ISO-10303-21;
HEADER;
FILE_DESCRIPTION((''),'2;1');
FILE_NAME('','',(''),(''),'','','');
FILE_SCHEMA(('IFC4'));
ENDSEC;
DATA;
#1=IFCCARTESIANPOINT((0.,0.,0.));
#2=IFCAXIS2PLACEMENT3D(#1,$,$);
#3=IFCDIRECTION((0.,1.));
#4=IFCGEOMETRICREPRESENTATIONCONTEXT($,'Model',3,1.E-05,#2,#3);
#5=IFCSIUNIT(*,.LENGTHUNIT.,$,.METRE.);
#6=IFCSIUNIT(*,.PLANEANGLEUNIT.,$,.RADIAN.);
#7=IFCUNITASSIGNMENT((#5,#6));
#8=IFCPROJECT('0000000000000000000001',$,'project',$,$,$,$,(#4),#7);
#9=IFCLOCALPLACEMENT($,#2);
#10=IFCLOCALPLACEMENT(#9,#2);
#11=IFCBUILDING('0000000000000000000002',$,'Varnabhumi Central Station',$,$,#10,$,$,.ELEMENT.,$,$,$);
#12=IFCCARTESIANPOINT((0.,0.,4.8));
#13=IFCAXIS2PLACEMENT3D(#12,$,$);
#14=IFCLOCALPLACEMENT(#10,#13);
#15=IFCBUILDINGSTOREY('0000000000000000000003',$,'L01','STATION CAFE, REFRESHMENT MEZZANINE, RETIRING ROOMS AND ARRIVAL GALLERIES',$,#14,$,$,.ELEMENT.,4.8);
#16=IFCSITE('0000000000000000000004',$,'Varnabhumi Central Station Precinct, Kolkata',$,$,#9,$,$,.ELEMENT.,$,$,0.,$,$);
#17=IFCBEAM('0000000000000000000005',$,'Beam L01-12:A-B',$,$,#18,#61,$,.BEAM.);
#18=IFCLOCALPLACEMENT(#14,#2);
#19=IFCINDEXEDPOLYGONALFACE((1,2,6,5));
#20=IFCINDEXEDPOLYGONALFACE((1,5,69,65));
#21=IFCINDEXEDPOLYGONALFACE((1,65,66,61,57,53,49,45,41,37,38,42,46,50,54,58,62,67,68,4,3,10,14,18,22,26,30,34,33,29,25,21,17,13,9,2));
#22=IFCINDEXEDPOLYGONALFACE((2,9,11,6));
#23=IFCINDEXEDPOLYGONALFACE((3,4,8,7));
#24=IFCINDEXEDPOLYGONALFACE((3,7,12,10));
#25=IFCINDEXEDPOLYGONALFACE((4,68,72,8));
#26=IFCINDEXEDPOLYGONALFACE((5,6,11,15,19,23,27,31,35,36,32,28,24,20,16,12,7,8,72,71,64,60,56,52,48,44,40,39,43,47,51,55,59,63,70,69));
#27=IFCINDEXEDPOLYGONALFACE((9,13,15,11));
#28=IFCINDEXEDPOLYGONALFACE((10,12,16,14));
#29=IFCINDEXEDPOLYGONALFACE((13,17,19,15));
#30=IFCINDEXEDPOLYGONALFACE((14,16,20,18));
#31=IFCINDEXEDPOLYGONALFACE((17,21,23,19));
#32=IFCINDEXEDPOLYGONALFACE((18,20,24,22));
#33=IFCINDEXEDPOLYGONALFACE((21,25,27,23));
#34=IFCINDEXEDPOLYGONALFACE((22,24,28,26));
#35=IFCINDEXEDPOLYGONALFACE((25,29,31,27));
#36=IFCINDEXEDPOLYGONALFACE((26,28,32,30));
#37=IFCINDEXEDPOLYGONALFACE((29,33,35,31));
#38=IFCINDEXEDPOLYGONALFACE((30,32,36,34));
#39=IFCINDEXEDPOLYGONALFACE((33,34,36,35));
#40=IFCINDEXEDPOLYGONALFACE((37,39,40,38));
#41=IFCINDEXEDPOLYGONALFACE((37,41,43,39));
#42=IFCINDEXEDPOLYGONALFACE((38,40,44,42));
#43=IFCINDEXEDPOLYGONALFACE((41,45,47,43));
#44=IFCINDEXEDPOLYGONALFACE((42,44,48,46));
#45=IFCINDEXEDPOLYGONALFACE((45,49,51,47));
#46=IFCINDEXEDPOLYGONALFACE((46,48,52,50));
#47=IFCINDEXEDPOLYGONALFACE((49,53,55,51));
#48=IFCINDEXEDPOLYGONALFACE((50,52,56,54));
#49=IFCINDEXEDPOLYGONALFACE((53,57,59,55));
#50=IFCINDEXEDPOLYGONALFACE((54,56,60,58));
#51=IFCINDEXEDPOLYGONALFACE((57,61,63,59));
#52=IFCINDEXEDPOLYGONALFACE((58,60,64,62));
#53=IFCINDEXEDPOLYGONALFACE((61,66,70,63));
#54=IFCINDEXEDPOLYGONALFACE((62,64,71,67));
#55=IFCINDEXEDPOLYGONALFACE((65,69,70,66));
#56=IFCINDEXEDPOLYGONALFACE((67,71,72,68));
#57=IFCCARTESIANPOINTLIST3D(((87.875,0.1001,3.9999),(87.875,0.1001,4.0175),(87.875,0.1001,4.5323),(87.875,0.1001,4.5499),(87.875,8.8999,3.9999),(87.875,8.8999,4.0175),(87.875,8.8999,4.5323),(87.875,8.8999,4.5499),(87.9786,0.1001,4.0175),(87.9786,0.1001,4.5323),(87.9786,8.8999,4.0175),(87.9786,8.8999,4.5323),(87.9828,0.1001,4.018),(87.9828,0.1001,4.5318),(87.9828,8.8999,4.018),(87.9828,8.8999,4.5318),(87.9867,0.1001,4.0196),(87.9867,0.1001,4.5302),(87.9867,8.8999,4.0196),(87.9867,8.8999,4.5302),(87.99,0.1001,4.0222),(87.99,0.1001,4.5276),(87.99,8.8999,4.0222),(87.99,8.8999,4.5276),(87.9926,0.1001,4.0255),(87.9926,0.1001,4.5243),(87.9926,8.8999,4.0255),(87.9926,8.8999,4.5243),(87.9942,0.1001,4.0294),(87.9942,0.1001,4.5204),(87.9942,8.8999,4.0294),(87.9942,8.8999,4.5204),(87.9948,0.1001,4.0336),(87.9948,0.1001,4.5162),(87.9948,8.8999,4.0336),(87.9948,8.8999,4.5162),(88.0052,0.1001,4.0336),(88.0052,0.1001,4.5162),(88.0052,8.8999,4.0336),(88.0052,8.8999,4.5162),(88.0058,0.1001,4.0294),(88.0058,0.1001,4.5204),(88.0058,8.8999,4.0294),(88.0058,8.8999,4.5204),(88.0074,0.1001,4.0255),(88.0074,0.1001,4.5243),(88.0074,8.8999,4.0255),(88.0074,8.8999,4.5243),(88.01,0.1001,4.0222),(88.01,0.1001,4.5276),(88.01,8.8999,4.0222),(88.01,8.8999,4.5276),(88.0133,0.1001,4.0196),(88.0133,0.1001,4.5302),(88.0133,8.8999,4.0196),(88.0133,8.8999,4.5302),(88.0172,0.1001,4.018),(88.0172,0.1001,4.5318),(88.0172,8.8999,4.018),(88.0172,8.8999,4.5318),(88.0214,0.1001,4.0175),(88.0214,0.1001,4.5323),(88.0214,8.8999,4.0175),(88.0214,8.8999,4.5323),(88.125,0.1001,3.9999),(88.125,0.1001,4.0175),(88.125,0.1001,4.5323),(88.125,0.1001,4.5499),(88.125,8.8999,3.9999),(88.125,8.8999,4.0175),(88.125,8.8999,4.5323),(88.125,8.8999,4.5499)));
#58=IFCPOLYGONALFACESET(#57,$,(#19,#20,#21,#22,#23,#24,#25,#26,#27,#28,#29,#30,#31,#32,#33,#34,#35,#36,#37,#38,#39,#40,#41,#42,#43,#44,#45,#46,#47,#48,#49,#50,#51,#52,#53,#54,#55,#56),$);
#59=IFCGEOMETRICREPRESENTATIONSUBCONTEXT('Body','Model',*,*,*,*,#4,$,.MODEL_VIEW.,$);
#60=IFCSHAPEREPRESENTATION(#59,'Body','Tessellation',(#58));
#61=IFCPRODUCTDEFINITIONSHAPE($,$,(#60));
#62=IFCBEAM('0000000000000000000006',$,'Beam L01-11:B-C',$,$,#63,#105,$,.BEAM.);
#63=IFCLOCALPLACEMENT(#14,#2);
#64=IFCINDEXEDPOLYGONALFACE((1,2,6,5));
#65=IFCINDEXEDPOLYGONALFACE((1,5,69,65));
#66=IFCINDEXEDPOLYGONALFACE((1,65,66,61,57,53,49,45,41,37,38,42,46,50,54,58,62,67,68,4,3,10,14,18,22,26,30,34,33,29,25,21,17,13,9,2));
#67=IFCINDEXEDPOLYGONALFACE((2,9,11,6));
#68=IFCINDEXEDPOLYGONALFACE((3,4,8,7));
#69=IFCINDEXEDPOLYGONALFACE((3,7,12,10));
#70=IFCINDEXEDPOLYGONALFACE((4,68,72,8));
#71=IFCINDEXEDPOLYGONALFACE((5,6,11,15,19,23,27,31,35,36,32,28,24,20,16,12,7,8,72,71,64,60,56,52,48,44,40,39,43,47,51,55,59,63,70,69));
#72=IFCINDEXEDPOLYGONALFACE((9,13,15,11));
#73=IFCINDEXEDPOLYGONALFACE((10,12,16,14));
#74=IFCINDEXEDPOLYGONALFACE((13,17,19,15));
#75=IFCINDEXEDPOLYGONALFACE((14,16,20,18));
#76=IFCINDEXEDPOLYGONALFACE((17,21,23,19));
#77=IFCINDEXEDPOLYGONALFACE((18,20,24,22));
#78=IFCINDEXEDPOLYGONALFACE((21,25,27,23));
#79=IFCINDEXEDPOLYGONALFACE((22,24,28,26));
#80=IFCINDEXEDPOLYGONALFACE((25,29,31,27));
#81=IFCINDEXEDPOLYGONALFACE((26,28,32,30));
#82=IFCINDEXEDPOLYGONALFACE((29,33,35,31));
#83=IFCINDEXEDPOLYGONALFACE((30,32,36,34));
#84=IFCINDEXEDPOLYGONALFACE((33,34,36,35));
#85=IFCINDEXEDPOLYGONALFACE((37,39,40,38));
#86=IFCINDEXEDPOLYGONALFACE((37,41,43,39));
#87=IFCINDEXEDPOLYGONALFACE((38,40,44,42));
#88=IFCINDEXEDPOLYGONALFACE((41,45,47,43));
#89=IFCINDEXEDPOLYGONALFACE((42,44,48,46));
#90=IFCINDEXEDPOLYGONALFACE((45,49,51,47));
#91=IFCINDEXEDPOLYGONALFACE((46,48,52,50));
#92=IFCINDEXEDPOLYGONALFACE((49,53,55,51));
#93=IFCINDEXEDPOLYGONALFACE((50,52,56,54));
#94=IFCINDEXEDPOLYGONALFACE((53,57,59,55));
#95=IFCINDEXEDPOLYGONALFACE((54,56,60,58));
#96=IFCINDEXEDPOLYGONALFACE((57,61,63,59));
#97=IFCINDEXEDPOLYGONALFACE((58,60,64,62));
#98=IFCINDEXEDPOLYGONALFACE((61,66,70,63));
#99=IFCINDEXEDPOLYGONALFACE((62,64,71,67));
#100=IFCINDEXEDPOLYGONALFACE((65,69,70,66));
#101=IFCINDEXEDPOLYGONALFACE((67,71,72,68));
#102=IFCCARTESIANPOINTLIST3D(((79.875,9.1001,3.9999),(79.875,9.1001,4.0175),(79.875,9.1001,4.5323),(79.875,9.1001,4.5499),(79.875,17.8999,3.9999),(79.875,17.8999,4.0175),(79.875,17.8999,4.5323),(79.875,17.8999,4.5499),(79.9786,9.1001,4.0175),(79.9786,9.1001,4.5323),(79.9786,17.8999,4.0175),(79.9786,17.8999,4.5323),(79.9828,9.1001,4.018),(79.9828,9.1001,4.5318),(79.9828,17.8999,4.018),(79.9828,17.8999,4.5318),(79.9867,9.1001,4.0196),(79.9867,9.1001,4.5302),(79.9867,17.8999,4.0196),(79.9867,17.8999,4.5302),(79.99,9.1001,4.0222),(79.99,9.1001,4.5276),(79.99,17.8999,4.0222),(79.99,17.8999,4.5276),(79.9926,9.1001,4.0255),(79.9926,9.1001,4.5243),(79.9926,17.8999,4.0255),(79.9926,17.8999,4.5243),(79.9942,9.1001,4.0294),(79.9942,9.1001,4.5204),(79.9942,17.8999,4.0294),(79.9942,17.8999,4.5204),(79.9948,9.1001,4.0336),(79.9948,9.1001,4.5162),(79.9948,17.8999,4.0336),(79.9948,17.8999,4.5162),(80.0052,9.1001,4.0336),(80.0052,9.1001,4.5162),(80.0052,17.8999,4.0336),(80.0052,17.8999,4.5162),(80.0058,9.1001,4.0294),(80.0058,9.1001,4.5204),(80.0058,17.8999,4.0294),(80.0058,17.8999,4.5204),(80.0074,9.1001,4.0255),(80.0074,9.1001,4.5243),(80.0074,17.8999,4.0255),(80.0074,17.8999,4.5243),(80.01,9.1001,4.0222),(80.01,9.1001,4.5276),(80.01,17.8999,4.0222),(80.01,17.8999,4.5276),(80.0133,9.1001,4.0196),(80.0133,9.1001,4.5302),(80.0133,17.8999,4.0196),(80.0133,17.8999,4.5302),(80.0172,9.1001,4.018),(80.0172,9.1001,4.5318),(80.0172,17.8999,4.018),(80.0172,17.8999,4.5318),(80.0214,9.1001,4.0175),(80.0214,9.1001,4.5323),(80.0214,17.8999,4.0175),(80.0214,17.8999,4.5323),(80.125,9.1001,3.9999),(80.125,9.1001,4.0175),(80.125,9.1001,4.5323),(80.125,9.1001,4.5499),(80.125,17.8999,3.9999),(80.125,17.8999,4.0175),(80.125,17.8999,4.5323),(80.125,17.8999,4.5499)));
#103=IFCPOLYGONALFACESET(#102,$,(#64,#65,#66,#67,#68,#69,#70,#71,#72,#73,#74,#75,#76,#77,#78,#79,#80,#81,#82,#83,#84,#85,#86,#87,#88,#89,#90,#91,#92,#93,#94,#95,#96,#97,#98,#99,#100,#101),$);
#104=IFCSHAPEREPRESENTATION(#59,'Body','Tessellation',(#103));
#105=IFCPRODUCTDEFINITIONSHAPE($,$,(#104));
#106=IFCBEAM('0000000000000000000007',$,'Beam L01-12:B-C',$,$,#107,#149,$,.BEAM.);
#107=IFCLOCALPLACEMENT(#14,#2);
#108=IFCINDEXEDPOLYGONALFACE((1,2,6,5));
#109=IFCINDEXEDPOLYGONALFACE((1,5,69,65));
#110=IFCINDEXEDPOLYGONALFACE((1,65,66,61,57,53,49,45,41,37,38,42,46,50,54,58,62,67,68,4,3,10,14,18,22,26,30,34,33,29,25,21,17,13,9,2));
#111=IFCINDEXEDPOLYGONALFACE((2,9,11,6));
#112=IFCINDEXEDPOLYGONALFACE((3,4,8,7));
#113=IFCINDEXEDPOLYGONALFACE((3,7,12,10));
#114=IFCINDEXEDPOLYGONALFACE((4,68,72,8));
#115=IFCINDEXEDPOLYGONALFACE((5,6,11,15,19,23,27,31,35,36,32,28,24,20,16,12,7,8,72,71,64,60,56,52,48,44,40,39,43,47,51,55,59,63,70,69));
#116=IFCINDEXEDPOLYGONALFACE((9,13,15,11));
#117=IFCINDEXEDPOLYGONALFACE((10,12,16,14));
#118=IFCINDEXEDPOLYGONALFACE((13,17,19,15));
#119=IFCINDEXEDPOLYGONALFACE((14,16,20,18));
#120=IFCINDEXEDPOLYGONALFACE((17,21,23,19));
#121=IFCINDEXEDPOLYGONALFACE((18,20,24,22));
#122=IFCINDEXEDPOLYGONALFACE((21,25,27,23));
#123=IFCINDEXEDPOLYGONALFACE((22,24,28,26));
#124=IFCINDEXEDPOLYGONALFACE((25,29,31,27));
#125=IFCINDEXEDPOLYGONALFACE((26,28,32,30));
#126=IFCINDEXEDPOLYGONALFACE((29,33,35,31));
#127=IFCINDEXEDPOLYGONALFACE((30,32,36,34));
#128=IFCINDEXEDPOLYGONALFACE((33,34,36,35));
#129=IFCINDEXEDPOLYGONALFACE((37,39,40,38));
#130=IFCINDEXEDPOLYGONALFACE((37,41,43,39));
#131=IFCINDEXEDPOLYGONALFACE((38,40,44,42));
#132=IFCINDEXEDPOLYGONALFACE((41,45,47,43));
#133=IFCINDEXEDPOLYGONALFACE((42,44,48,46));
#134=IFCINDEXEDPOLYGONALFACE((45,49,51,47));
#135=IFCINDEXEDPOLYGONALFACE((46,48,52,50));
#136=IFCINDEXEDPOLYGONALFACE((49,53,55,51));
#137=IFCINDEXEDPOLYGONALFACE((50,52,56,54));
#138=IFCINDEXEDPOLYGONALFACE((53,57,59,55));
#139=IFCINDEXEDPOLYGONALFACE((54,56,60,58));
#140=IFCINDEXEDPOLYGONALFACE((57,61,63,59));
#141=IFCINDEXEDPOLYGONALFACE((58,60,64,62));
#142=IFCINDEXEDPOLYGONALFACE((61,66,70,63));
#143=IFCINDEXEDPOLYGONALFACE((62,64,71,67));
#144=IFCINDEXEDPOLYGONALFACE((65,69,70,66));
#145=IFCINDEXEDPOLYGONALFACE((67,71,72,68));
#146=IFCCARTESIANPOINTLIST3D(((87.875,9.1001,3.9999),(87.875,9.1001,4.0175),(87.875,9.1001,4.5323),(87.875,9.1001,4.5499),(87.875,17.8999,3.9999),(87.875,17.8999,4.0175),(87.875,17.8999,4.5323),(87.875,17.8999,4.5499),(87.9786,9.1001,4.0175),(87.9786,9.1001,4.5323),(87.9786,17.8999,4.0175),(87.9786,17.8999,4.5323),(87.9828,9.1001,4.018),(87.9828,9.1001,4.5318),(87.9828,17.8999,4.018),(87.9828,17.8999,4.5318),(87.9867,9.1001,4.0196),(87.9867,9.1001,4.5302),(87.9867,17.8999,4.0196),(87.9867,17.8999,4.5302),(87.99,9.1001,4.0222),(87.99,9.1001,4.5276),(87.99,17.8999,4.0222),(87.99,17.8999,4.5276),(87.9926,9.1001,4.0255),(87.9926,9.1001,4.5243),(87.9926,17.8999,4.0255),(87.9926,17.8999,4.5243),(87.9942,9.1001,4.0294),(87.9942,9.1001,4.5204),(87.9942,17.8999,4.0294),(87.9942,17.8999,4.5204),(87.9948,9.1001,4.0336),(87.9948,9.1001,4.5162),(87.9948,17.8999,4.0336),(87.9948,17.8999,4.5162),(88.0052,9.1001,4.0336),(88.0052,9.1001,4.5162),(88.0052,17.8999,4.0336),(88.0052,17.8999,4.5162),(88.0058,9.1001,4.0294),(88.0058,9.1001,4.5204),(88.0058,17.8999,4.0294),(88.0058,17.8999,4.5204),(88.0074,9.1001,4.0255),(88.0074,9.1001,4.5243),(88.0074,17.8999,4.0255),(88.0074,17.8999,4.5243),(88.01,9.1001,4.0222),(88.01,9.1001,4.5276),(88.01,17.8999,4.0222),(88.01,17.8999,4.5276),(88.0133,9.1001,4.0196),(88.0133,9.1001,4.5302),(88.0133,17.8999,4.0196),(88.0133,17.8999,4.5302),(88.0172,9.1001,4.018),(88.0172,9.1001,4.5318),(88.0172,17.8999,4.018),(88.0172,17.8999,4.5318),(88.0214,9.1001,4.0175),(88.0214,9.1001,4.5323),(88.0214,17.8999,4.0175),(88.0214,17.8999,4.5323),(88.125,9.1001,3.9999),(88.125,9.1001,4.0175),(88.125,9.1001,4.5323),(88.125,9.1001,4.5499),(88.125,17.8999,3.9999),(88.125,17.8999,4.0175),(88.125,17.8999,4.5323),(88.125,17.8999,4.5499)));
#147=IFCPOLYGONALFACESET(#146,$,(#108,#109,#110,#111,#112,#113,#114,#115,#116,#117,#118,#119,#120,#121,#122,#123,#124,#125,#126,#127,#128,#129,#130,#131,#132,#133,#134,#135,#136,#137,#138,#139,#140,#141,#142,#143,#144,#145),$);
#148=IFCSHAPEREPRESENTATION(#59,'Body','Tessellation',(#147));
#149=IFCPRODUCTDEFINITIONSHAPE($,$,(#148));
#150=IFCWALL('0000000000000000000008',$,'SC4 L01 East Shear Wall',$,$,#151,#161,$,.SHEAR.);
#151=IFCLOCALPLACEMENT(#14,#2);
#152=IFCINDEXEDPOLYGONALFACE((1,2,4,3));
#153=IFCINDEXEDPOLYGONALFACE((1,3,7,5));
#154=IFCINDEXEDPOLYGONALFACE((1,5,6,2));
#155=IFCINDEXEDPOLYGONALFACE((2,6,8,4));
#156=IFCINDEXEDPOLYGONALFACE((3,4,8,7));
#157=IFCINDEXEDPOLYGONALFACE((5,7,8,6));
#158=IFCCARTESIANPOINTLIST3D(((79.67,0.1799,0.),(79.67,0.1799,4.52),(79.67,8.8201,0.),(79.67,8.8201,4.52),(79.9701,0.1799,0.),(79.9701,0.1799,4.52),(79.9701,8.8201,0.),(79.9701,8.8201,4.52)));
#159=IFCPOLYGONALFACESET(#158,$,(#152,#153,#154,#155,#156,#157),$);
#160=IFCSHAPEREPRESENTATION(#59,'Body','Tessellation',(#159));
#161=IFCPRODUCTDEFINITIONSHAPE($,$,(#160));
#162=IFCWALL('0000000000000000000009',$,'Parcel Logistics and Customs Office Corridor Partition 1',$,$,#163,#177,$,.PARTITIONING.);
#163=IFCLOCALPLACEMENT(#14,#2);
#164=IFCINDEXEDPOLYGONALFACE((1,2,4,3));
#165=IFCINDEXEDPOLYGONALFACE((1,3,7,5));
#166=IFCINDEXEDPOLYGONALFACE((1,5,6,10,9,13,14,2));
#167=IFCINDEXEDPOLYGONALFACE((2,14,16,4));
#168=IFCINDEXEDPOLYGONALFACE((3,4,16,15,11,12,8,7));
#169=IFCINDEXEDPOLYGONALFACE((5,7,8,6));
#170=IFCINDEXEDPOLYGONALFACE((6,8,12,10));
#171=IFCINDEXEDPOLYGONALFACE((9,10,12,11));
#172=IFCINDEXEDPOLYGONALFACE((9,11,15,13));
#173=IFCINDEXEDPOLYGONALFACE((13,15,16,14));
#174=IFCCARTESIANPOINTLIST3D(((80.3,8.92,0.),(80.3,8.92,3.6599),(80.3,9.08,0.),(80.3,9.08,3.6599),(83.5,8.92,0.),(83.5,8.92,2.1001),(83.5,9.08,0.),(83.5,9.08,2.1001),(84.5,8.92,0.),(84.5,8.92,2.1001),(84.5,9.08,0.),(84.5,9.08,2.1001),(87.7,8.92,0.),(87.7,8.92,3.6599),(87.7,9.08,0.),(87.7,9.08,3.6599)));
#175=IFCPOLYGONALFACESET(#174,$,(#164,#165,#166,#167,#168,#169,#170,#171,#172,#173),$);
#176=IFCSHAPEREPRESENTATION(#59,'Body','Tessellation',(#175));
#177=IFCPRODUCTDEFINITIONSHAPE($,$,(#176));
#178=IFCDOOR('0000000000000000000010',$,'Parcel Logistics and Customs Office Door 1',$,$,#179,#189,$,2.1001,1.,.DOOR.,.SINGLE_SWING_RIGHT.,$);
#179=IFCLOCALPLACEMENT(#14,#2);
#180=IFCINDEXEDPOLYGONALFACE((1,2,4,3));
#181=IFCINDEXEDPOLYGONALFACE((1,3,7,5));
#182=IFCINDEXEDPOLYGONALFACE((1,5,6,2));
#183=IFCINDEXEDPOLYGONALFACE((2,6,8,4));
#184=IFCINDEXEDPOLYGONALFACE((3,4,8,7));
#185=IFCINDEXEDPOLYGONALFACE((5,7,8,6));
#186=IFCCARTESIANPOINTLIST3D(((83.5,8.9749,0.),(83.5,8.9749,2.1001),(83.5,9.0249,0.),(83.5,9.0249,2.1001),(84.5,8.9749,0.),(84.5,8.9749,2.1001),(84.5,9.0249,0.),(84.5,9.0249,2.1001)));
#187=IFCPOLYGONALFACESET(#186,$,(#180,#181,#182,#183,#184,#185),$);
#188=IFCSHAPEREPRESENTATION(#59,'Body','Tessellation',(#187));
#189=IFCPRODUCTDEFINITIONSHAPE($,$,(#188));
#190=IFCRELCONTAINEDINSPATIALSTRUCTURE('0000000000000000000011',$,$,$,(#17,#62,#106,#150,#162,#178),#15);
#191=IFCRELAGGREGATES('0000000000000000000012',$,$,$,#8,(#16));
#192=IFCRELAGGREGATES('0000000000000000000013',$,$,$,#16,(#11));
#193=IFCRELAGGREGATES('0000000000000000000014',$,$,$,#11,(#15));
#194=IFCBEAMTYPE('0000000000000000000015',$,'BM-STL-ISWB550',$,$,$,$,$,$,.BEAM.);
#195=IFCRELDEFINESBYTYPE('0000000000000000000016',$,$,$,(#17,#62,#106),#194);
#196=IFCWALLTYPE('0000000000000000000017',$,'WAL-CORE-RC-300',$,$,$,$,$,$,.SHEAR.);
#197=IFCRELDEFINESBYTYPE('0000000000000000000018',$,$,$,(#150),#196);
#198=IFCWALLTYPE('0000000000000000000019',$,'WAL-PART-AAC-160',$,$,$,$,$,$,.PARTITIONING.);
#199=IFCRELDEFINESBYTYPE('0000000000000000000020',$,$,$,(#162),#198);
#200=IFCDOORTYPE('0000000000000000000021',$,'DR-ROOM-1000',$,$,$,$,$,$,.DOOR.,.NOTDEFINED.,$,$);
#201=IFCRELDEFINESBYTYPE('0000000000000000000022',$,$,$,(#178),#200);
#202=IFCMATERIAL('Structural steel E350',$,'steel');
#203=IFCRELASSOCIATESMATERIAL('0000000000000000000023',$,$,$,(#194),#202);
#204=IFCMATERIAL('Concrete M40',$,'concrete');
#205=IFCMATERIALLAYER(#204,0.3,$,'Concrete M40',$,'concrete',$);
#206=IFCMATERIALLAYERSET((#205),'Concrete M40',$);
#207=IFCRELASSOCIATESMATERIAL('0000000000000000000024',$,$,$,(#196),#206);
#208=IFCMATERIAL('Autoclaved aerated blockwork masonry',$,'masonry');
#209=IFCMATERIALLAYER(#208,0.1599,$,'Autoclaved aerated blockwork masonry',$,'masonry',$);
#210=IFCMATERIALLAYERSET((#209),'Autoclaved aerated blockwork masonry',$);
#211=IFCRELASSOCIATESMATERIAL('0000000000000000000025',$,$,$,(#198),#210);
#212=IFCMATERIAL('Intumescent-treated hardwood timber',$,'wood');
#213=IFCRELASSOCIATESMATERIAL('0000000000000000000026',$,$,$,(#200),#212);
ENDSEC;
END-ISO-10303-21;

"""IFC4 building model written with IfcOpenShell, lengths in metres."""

from ifc_helpers import new_model, si_unit, direction, frame, frame_2d, origin, origin_2d, place, context, subcontext, project, spatial, rectangle, i_section, extrude, material, layer, layer_set, material_profile, profile_set, type_object, element, fill, save


model = new_model("IFC4")

# Units and contexts
model_context = context("Model", 3, precision=1e-05, world=origin(), true_north=direction((0.0, 1.0)))
body_context = subcontext(model_context, "Body", "Model", "MODEL_VIEW")
ifc_project = project(units=[si_unit("LENGTHUNIT", "METRE"), si_unit("PLANEANGLEUNIT", "RADIAN")], contexts=[model_context])

# Site, building, storey
site_placement = place(None, origin())
site = spatial("IfcSite", under=ifc_project, at=site_placement, Name="Varnabhumi Central Station Precinct, Kolkata", CompositionType="ELEMENT", RefElevation=0.0)
building_placement = place(site_placement, origin())
building = spatial("IfcBuilding", under=site, at=building_placement, Name="Varnabhumi Central Station", CompositionType="ELEMENT")
storey_placement = place(building_placement, frame((0.0, 0.0, 4.8)))
storey = spatial("IfcBuildingStorey", under=building, at=storey_placement, Name="L01", Description="STATION CAFE, REFRESHMENT MEZZANINE, RETIRING ROOMS AND ARRIVAL GALLERIES", CompositionType="ELEMENT", Elevation=4.8)

# Shared definitions
ifc_material_1 = material(Name="Concrete M40", Category="concrete")

# Beams
ifc_material_2 = material(Name="Structural steel E350", Category="steel")
ifc_material_profile_1 = material_profile(ifc_material_2, i_section(OverallWidth=0.25, OverallDepth=0.55, WebThickness=0.0105, FlangeThickness=0.0176, FilletRadius=0.0161, at=origin_2d()), Name="Structural steel E350", Category="steel")
ifc_profile_set_1 = profile_set([ifc_material_profile_1], Name="Structural steel E350")
beam_type_1 = type_object("IfcBeamType", Name="BM-STL-ISWB550", PredefinedType="BEAM", material=ifc_profile_set_1)
for number, where, z_axis, x_axis, name in (
    (1, (88.0, 0.1001, 4.2749), (0.0, 1.0, 0.0), (-1.0, 0.0, 0.0), "Beam L01-12:A-B"),
    (2, (80.0, 9.1001, 4.2749), (0.0, 1.0, 0.0), (-1.0, 0.0, 0.0), "Beam L01-11:B-C"),
    (3, (88.0, 9.1001, 4.2749), (0.0, 1.0, 0.0), (-1.0, 0.0, 0.0), "Beam L01-12:B-C"),
):
    element("IfcBeam", number, at=place(storey_placement, frame(where, z_axis=z_axis, x_axis=x_axis)), inside=storey, type_object=beam_type_1, Name=name, PredefinedType="BEAM", context=body_context, shape_type="SweptSolid", body=[
        extrude(i_section(OverallWidth=0.25, OverallDepth=0.55, WebThickness=0.0105, FlangeThickness=0.0176, FilletRadius=0.0161, at=origin_2d()), origin(), (0.0, 0.0, 1.0), 8.7998),
    ])

# Wall
ifc_layer_1 = layer(ifc_material_1, 0.3, Name="Concrete M40", Category="concrete")
ifc_layer_set_1 = layer_set([ifc_layer_1], Name="Concrete M40")
wall_type_1 = type_object("IfcWallType", Name="WAL-CORE-RC-300", PredefinedType="SHEAR", material=ifc_layer_set_1)
wall_1_placement = place(storey_placement, frame((79.8201, 0.1799, 0.0), z_axis=(0.0, 0.0, 1.0), x_axis=(0.0, 1.0, 0.0)))
element("IfcWall", 4, at=wall_1_placement, inside=storey, type_object=wall_type_1, Name="SC4 L01 East Shear Wall", PredefinedType="SHEAR", context=body_context, shape_type="SweptSolid", body=[
    extrude(rectangle(XDim=8.6401, YDim=0.3, at=frame_2d((4.3201, 0.0))), origin(), (0.0, 0.0, 1.0), 4.52),
])

# Wall, opening, door
ifc_material_3 = material(Name="Autoclaved aerated blockwork masonry", Category="masonry")
ifc_layer_2 = layer(ifc_material_3, 0.1599, Name="Autoclaved aerated blockwork masonry", Category="masonry")
ifc_layer_set_2 = layer_set([ifc_layer_2], Name="Autoclaved aerated blockwork masonry")
wall_type_2 = type_object("IfcWallType", Name="WAL-PART-AAC-160", PredefinedType="PARTITIONING", material=ifc_layer_set_2)
wall_2_placement = place(storey_placement, frame((80.3, 9.0, 0.0), z_axis=(0.0, 0.0, 1.0), x_axis=(1.0, 0.0, 0.0)))
wall_2 = element("IfcWall", 5, at=wall_2_placement, inside=storey, type_object=wall_type_2, Name="Parcel Logistics and Customs Office Corridor Partition 1", PredefinedType="PARTITIONING", context=body_context, shape_type="SweptSolid", body=[
    extrude(rectangle(XDim=7.3999, YDim=0.1599, at=frame_2d((3.7, 0.0))), origin(), (0.0, 0.0, 1.0), 3.6599),
])
opening_1_placement = place(wall_2_placement, frame((3.2, 0.0, 0.0)))
opening_1 = element("IfcOpeningElement", 6, at=opening_1_placement, cuts=wall_2, PredefinedType="OPENING", context=body_context, shape_type="SweptSolid", body=[
    extrude(rectangle(XDim=1.0, YDim=2.1001, at=frame_2d((0.5, 1.05))), frame((0.0, 0.0898, 0.0), z_axis=(0.0, -1.0, 0.0), x_axis=(1.0, 0.0, 0.0)), (0.0, 0.0, 1.0), 0.1799),
])
ifc_material_4 = material(Name="Intumescent-treated hardwood timber", Category="wood")
door_type_1 = type_object("IfcDoorType", Name="DR-ROOM-1000", OperationType="NOTDEFINED", PredefinedType="DOOR", material=ifc_material_4)
door_1_placement = place(opening_1_placement, origin())
door_1 = element("IfcDoor", 7, at=door_1_placement, inside=storey, type_object=door_type_1, Name="Parcel Logistics and Customs Office Door 1", OperationType="SINGLE_SWING_RIGHT", OverallHeight=2.1001, OverallWidth=1.0, PredefinedType="DOOR", context=body_context, shape_type="SweptSolid", body=[
    extrude(rectangle(XDim=1.0, YDim=2.1001, at=frame_2d((0.5, 1.05))), frame((0.0, 0.0249, 0.0), z_axis=(0.0, -1.0, 0.0), x_axis=(1.0, 0.0, 0.0)), (0.0, 0.0, 1.0), 0.05),
])
fill(opening_1, door_1)

save(model, "model.ifc")
